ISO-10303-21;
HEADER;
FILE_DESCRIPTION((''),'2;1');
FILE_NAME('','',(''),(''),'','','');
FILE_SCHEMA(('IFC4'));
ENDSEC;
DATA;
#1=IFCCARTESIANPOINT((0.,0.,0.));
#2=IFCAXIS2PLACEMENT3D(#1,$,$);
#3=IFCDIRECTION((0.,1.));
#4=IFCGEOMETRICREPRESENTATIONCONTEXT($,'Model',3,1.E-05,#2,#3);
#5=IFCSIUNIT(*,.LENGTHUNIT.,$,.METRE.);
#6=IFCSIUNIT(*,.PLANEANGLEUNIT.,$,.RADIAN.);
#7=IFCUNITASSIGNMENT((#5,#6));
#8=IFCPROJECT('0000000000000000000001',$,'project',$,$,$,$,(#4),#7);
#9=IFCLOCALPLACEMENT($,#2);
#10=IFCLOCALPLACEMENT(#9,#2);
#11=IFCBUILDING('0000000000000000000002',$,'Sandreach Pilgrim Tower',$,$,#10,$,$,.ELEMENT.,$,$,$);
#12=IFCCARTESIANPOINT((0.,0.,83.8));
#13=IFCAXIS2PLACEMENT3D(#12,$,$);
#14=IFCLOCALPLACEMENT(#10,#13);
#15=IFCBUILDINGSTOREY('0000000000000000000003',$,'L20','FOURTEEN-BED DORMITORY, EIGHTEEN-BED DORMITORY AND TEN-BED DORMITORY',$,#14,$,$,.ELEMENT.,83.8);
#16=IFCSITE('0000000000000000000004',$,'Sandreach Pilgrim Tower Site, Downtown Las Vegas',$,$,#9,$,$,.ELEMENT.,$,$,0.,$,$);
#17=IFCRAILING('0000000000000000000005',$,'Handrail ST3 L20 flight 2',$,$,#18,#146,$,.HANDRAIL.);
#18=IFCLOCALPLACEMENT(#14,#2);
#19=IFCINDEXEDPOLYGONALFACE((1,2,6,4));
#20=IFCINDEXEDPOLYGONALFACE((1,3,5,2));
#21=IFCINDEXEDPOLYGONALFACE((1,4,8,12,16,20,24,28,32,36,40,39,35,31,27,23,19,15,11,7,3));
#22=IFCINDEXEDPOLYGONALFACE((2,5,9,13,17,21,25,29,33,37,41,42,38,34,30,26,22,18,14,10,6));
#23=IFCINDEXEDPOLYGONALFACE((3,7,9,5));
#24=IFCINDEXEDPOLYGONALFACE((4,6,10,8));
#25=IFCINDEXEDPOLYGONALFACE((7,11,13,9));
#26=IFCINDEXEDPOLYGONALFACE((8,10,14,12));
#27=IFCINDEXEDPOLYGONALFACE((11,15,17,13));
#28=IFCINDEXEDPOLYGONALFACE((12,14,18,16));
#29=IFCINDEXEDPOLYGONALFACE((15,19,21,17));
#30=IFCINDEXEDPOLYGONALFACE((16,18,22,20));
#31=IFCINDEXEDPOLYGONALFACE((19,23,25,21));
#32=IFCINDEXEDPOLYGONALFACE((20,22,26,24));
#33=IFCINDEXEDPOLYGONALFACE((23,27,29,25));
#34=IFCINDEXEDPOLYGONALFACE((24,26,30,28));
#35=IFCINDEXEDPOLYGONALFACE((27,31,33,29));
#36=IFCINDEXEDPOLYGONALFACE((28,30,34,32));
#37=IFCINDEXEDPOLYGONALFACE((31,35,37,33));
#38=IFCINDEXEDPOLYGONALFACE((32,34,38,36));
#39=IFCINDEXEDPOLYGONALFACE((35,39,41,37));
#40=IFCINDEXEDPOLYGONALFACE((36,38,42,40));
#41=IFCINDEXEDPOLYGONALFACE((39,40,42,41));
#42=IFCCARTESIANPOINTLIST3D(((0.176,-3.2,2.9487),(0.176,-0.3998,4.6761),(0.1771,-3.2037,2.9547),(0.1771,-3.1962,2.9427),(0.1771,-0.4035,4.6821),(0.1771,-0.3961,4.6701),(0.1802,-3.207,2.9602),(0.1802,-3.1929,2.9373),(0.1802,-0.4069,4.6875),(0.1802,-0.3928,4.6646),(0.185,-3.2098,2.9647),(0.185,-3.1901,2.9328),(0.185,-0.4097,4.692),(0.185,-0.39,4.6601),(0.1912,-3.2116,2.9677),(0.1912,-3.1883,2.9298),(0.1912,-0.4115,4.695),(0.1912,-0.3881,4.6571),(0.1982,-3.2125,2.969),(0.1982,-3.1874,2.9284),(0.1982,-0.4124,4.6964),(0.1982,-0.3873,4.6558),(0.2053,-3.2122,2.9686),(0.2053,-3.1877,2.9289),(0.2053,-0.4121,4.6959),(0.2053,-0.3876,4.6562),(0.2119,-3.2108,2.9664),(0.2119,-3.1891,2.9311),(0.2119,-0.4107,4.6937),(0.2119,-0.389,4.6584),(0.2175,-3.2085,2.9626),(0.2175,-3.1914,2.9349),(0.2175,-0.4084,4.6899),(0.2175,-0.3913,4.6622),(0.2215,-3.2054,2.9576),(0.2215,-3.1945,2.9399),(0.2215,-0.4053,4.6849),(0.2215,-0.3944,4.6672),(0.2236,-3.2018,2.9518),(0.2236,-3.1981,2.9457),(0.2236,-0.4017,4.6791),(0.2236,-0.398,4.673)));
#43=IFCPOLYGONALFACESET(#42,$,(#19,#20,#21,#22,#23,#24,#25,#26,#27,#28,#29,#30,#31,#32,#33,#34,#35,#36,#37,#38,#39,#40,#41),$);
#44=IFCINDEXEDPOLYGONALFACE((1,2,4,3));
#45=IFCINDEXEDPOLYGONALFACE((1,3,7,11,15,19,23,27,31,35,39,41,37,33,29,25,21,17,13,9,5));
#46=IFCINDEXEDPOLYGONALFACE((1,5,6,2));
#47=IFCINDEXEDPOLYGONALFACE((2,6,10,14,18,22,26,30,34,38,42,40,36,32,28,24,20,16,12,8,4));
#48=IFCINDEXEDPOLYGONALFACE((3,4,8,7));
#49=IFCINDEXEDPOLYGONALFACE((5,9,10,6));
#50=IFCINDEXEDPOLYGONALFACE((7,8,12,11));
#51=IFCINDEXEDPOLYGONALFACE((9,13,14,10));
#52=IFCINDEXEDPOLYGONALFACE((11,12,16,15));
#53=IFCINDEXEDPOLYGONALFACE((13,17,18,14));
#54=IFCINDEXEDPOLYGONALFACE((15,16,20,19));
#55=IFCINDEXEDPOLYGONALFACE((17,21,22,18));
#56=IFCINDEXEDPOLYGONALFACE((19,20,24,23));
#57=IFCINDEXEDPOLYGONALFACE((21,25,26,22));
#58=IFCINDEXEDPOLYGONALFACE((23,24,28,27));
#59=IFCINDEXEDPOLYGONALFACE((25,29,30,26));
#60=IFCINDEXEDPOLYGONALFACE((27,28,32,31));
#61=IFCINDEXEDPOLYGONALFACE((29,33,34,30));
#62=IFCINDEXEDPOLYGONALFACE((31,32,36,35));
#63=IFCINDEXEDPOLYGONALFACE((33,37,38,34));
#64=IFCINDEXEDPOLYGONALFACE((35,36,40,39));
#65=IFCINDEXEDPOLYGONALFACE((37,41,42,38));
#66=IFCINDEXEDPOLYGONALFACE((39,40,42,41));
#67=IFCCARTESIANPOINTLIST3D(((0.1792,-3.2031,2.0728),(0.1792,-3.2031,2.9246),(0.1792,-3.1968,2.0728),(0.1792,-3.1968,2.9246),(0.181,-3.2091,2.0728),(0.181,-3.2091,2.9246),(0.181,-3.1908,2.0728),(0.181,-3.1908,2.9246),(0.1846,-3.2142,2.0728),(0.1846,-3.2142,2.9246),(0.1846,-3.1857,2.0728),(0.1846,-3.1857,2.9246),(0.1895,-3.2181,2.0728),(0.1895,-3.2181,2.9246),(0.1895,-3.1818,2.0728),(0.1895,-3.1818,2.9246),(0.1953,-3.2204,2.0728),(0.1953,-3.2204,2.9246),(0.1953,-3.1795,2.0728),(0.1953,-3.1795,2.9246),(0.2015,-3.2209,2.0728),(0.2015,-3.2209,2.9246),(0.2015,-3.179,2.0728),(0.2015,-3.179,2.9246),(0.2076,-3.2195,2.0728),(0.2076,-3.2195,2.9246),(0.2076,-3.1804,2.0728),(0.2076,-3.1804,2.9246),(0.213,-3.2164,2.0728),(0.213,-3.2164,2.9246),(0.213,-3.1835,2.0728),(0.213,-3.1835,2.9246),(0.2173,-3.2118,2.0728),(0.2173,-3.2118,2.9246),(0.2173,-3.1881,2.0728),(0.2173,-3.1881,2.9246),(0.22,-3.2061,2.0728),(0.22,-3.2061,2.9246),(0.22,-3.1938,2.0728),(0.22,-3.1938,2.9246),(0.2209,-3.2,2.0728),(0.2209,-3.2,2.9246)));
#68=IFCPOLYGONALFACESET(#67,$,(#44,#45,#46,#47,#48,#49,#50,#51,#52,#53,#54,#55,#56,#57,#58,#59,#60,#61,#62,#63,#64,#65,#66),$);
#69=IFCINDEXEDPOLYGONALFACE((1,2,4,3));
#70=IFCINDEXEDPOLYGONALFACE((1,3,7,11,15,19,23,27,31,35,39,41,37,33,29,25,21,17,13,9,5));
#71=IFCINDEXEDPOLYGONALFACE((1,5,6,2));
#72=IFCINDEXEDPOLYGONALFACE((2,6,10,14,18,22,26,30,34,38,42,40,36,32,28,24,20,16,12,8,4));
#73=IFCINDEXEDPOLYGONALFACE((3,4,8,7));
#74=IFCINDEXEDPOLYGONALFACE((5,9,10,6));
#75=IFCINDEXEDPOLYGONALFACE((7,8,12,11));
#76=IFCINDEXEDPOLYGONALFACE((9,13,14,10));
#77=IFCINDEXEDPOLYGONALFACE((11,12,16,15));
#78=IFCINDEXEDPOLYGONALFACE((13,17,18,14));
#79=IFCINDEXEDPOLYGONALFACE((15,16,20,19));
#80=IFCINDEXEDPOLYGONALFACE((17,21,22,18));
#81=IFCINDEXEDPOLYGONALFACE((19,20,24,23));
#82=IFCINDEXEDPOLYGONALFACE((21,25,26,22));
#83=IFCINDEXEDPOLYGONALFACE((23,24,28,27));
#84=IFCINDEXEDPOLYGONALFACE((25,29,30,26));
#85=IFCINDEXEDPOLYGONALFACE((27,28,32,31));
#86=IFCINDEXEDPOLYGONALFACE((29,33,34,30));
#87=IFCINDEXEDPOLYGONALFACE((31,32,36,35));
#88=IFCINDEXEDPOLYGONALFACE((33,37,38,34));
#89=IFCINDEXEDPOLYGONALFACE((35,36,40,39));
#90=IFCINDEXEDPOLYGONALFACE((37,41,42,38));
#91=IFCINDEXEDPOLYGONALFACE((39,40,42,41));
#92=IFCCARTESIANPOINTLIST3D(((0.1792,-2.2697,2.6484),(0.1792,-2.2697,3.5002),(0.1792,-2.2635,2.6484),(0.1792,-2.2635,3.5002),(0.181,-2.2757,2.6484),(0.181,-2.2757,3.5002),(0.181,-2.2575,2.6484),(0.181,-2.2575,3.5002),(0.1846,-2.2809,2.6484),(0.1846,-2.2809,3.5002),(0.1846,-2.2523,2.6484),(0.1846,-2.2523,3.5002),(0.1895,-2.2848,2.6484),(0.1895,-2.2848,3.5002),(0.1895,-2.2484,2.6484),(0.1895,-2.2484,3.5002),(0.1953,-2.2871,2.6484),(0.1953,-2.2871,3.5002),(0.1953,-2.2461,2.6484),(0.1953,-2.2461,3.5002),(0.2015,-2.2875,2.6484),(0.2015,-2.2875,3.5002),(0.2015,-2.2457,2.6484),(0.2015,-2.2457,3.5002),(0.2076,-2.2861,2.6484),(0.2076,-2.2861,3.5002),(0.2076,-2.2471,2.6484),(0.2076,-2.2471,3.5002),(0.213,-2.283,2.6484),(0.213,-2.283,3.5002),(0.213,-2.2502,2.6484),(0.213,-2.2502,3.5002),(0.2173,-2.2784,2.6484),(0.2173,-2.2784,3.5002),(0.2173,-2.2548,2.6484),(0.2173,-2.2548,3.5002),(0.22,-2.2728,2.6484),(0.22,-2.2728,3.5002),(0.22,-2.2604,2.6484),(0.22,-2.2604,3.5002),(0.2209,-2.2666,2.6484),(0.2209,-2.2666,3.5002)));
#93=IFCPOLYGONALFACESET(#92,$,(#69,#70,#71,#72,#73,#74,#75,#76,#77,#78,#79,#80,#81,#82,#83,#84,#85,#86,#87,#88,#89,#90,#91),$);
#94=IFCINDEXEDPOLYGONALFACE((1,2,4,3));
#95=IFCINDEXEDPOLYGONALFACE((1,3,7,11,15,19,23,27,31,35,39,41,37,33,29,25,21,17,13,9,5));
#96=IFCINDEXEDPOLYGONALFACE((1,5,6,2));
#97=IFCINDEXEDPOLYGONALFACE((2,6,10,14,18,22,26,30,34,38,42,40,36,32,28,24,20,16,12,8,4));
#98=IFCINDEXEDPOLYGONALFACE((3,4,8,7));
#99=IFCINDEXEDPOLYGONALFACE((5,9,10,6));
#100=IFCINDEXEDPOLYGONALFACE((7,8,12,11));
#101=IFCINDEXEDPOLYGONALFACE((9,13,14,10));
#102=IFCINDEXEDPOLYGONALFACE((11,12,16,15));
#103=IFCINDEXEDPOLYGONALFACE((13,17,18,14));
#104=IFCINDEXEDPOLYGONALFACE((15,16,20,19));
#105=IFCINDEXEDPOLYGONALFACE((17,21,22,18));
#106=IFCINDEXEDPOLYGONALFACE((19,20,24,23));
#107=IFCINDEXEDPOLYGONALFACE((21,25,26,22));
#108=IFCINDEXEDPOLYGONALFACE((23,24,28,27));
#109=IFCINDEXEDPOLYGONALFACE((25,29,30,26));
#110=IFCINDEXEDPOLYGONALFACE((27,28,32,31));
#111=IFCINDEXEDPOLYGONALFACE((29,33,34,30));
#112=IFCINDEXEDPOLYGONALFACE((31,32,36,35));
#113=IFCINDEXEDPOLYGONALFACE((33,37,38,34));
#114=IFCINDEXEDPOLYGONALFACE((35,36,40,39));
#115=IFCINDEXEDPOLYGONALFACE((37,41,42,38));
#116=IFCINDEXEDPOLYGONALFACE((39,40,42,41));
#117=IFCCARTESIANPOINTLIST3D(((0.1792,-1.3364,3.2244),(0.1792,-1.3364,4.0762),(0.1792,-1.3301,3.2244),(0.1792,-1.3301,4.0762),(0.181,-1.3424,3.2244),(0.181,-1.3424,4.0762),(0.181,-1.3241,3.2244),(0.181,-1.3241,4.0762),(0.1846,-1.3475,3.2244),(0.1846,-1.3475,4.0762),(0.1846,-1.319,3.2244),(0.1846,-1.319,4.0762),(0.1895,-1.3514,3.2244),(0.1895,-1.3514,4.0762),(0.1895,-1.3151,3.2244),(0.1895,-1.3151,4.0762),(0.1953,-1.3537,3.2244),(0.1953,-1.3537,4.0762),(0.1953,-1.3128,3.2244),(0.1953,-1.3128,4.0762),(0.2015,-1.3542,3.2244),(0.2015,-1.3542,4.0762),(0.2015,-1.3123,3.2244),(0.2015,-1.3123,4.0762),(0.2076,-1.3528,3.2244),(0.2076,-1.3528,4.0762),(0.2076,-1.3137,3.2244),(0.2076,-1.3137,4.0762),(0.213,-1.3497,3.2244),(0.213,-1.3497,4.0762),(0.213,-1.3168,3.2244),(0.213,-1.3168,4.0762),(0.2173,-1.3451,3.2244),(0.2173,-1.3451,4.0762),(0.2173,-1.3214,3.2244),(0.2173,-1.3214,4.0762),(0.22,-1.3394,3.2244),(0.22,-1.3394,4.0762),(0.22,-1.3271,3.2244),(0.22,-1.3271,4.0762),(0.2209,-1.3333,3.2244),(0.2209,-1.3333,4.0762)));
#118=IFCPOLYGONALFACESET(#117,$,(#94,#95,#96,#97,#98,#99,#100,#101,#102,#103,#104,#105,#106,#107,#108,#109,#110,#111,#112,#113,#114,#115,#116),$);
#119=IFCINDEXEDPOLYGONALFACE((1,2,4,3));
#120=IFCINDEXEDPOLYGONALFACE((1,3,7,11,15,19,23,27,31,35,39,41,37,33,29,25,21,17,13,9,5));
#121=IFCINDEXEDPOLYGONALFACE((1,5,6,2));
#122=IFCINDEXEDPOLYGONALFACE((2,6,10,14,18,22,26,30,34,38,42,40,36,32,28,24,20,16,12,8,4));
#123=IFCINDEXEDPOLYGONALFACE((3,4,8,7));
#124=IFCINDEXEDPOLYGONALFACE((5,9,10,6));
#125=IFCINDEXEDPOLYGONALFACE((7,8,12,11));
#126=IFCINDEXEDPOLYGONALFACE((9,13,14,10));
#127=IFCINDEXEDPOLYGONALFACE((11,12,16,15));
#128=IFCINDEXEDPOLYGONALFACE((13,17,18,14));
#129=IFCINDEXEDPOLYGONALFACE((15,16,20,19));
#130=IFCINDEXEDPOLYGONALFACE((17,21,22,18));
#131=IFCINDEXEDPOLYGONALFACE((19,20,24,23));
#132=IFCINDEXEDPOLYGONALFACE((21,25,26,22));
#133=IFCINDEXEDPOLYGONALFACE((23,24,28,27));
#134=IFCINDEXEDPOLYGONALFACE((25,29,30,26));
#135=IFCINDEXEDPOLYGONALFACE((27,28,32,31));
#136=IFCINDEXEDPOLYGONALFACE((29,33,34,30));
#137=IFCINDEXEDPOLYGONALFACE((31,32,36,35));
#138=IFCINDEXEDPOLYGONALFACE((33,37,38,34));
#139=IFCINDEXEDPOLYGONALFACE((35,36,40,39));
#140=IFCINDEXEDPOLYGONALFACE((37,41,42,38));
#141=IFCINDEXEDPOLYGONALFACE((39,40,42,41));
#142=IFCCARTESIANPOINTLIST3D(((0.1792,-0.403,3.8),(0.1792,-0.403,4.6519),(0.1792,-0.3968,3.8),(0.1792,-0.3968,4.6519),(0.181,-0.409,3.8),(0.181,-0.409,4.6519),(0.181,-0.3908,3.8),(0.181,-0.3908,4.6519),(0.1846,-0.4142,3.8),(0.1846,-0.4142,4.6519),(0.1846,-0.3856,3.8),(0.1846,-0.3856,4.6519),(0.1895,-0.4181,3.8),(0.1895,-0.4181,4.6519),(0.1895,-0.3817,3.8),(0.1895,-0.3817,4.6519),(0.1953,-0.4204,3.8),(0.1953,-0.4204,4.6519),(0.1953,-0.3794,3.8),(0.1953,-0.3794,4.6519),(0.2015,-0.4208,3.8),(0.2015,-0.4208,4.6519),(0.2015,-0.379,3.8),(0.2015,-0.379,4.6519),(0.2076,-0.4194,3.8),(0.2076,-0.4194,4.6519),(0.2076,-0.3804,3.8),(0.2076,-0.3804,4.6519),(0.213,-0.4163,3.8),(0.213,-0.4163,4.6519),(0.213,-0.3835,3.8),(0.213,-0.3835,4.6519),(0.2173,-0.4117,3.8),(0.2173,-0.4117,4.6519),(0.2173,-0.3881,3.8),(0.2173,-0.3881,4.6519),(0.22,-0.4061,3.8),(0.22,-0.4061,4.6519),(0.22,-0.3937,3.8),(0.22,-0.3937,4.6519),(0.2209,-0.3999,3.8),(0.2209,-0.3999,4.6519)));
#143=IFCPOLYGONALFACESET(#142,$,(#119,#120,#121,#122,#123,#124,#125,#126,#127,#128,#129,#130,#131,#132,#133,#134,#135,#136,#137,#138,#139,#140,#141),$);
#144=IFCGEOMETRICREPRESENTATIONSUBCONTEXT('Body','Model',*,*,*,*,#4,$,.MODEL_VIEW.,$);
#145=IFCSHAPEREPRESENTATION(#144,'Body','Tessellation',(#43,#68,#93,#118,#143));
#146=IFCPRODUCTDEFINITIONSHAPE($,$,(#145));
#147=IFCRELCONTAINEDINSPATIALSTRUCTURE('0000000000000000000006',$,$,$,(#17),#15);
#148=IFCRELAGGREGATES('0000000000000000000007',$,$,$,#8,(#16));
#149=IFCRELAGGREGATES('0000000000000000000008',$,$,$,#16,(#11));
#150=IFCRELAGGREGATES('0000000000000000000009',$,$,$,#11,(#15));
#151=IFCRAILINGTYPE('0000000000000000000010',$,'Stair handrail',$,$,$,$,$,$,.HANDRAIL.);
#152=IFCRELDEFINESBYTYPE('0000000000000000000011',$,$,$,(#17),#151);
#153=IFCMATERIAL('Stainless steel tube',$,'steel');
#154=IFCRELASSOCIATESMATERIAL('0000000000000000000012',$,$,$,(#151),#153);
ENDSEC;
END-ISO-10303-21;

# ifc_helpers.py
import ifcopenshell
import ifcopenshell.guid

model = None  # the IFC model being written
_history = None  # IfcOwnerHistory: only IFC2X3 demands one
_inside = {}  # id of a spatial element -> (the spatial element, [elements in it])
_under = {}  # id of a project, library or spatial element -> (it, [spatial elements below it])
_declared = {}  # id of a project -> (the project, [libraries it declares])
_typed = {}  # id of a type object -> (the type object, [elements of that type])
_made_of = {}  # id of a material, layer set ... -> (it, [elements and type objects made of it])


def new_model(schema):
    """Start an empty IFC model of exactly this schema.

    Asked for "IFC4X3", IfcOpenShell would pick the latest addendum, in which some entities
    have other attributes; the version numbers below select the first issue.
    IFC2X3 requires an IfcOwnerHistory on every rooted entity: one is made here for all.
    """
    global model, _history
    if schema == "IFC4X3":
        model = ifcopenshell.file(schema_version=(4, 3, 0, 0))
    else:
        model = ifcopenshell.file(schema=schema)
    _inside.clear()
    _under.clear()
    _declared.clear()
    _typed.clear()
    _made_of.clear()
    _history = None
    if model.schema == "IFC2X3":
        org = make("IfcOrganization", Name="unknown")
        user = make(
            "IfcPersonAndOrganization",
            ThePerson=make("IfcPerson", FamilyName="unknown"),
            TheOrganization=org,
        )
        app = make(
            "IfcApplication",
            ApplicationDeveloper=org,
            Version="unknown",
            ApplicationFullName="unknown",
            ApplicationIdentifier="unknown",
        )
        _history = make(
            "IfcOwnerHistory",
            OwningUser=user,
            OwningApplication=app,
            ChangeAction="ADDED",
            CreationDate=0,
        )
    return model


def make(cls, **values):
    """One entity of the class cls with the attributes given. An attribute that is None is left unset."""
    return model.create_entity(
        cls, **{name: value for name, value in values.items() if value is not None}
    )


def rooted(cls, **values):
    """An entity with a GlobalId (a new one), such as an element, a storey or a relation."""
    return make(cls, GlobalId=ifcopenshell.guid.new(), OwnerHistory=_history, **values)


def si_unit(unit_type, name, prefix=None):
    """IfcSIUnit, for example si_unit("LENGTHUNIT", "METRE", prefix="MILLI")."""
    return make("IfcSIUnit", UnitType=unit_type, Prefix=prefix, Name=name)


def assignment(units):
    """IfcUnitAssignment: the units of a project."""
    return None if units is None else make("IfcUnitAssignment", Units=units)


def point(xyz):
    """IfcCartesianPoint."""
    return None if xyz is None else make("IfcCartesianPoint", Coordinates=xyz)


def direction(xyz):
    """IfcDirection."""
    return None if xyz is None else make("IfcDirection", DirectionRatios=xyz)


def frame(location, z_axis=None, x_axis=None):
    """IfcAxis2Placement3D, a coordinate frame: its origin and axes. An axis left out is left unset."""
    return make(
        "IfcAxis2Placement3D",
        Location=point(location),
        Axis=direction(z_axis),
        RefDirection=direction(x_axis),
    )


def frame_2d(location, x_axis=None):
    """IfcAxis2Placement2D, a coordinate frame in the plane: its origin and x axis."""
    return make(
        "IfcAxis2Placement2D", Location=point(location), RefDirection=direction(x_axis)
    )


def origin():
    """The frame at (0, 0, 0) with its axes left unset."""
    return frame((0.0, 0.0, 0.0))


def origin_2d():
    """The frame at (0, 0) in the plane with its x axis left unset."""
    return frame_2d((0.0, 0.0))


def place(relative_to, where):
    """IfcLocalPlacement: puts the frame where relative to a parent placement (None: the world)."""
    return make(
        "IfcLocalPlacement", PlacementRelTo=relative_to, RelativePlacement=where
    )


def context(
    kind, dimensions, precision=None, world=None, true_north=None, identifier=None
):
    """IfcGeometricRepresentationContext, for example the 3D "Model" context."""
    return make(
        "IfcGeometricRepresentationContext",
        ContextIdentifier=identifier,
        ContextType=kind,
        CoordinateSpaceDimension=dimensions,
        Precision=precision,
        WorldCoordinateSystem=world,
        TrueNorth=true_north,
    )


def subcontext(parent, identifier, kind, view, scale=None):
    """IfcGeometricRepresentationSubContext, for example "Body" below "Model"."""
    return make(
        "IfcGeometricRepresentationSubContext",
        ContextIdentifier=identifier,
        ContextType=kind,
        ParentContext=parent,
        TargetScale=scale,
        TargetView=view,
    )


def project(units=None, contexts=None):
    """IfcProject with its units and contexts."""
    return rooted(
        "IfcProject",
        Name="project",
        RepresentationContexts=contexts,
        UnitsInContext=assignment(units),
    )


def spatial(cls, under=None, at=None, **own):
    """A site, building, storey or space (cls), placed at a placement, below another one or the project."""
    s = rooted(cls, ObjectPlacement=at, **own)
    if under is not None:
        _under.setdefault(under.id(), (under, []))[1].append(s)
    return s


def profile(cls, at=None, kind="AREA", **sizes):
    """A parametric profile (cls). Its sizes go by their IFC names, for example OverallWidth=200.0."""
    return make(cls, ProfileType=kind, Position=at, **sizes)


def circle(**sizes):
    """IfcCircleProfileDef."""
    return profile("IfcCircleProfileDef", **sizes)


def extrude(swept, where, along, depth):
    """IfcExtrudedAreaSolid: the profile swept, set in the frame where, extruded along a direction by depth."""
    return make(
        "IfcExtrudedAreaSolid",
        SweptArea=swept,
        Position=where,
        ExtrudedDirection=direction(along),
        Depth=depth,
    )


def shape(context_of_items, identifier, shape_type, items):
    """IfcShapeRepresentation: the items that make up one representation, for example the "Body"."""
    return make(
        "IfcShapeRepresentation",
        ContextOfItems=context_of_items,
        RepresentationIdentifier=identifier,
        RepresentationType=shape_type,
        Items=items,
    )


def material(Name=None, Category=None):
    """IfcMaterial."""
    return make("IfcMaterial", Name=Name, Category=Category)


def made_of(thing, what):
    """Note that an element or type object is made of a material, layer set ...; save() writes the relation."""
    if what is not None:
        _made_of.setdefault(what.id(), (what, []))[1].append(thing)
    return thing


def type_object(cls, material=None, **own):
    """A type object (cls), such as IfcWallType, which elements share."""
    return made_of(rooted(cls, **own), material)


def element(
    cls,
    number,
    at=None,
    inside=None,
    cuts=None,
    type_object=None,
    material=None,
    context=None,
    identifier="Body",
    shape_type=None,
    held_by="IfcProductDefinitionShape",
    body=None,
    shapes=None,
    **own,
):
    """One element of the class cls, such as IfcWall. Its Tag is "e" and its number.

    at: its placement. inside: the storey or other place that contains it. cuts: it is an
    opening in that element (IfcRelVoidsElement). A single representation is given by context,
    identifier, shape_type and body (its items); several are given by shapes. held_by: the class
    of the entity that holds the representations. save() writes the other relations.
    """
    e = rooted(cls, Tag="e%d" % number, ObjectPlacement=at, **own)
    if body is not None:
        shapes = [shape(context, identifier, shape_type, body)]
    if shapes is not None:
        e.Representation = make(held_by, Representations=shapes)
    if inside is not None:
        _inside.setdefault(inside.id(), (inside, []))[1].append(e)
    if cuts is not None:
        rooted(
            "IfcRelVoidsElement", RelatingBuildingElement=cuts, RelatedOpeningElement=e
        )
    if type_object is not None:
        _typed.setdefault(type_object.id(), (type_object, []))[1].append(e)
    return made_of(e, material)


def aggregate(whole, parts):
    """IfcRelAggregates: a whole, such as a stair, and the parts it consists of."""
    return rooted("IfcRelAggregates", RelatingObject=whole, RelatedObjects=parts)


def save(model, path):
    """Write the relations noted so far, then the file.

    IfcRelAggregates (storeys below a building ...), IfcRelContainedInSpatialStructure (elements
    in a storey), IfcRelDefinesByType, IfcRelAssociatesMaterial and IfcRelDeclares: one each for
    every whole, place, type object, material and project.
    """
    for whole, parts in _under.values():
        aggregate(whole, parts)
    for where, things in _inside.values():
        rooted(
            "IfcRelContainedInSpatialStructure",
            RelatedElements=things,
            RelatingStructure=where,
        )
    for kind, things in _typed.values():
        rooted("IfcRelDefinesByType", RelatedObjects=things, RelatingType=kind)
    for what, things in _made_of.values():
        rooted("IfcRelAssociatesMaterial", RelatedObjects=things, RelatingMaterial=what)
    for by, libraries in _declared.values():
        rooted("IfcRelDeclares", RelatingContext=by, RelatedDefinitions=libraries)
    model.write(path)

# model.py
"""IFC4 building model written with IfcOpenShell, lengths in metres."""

from ifc_helpers import new_model, si_unit, direction, frame, origin, origin_2d, place, context, subcontext, project, spatial, circle, extrude, material, type_object, element, save


model = new_model("IFC4")

# Units and contexts
model_context = context("Model", 3, precision=1e-05, world=origin(), true_north=direction((0.0, 1.0)))
body_context = subcontext(model_context, "Body", "Model", "MODEL_VIEW")
ifc_project = project(units=[si_unit("LENGTHUNIT", "METRE"), si_unit("PLANEANGLEUNIT", "RADIAN")], contexts=[model_context])

# Site, building, storey
site_placement = place(None, origin())
site = spatial("IfcSite", under=ifc_project, at=site_placement, Name="Sandreach Pilgrim Tower Site, Downtown Las Vegas", CompositionType="ELEMENT", RefElevation=0.0)
building_placement = place(site_placement, origin())
building = spatial("IfcBuilding", under=site, at=building_placement, Name="Sandreach Pilgrim Tower", CompositionType="ELEMENT")
storey_placement = place(building_placement, frame((0.0, 0.0, 83.8)))
storey = spatial("IfcBuildingStorey", under=building, at=storey_placement, Name="L20", Description="FOURTEEN-BED DORMITORY, EIGHTEEN-BED DORMITORY AND TEN-BED DORMITORY", CompositionType="ELEMENT", Elevation=83.8)

# Railing
ifc_material_1 = material(Name="Stainless steel tube", Category="steel")
railing_type = type_object("IfcRailingType", Name="Stair handrail", PredefinedType="HANDRAIL", material=ifc_material_1)
for number, where, name in (
    (1, (0.2, -3.2, 2.0728), "Handrail ST3 L20 flight 2"),
):
    element("IfcRailing", number, at=place(storey_placement, frame(where)), inside=storey, type_object=railing_type, Name=name, PredefinedType="HANDRAIL", context=body_context, shape_type="SweptSolid", body=[
        extrude(circle(Radius=0.0239, at=origin_2d()), frame((0.0, 0.0, 0.876), z_axis=(0.0, 0.85109, 0.52502), x_axis=(-1.0, 0.0, 0.0)), (0.0, 0.0, 1.0), 3.29),
        extrude(circle(Radius=0.021, at=origin_2d()), origin(), (0.0, 0.0, 1.0), 0.8518),
        extrude(circle(Radius=0.021, at=origin_2d()), frame((0.0, 0.9333, 0.5757)), (0.0, 0.0, 1.0), 0.8518),
        extrude(circle(Radius=0.021, at=origin_2d()), frame((0.0, 1.8667, 1.1516)), (0.0, 0.0, 1.0), 0.8518),
        extrude(circle(Radius=0.021, at=origin_2d()), frame((0.0, 2.8, 1.7273)), (0.0, 0.0, 1.0), 0.8518),
    ])

save(model, "model.ifc")
